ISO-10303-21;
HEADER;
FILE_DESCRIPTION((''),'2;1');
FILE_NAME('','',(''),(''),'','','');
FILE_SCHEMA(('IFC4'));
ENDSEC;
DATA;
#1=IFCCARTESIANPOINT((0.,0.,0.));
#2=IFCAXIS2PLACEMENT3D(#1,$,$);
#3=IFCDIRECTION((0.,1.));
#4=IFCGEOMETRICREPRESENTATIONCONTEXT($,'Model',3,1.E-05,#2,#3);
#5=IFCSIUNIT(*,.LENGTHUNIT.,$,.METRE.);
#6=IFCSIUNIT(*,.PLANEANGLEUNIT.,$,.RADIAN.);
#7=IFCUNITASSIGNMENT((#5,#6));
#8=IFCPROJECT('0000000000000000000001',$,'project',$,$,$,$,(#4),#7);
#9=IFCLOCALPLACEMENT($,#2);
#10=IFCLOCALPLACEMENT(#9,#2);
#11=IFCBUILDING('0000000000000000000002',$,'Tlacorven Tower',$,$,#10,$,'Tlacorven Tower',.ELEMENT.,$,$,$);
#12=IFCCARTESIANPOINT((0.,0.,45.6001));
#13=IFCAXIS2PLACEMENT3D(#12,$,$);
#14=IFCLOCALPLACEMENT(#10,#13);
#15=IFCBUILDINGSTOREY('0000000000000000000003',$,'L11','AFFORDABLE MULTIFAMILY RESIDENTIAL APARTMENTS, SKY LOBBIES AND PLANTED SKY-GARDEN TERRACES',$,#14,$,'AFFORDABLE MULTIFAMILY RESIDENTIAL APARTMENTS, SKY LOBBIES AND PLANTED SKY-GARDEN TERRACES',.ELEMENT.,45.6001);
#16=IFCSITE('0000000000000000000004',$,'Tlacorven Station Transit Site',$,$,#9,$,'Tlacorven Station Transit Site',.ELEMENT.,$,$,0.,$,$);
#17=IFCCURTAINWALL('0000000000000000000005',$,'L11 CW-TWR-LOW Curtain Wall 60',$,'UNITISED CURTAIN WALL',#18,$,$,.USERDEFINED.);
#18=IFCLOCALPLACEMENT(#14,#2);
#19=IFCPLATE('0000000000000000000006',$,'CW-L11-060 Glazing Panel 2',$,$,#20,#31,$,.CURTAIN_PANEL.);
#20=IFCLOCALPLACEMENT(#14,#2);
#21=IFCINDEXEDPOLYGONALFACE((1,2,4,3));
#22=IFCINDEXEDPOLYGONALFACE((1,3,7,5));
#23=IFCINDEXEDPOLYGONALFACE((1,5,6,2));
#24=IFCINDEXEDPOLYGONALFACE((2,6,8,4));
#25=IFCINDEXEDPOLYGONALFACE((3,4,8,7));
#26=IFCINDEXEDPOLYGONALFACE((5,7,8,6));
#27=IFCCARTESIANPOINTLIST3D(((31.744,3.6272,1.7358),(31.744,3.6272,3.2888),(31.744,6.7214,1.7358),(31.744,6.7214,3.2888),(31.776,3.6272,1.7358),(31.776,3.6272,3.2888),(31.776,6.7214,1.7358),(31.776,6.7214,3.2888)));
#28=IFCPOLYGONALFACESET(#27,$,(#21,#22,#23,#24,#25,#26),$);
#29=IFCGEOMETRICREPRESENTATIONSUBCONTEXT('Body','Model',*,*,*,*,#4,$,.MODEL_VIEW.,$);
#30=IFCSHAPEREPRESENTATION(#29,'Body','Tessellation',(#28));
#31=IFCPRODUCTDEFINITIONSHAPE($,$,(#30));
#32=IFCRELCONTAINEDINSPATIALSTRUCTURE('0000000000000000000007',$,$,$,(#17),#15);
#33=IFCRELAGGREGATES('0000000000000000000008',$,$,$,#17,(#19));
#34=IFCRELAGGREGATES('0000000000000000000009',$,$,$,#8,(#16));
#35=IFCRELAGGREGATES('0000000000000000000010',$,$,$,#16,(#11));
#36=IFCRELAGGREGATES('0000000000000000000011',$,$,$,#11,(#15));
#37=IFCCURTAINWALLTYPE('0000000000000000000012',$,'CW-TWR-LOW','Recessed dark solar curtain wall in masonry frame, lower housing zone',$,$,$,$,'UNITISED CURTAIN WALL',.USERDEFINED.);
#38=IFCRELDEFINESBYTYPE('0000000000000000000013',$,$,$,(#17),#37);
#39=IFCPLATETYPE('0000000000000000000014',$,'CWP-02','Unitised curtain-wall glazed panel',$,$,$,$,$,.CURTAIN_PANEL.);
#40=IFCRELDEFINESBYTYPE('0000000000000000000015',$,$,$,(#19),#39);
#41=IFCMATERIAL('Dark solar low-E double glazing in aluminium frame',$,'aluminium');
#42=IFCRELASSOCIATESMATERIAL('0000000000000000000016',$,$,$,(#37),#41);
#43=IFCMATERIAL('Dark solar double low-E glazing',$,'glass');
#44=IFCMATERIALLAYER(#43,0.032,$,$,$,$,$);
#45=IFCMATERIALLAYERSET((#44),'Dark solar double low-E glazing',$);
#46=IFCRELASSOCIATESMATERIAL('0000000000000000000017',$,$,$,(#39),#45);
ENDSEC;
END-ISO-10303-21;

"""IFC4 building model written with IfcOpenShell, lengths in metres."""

from ifc_helpers import new_model, si_unit, direction, frame, origin, origin_2d, place, context, subcontext, project, spatial, rectangle, extrude, source, transform, mapped, material, layer, layer_set, type_object, element, aggregate, save


model = new_model("IFC4")

# Units and contexts
model_context = context("Model", 3, precision=1e-05, world=origin(), true_north=direction((0.0, 1.0)))
body_context = subcontext(model_context, "Body", "Model", "MODEL_VIEW")
ifc_project = project(units=[si_unit("LENGTHUNIT", "METRE"), si_unit("PLANEANGLEUNIT", "RADIAN")], contexts=[model_context])

# Site, building, storey
site_placement = place(None, origin())
site = spatial("IfcSite", under=ifc_project, at=site_placement, Name="Tlacorven Station Transit Site", LongName="Tlacorven Station Transit Site", CompositionType="ELEMENT", RefElevation=0.0)
building_placement = place(site_placement, origin())
building = spatial("IfcBuilding", under=site, at=building_placement, Name="Tlacorven Tower", LongName="Tlacorven Tower", CompositionType="ELEMENT")
storey_placement = place(building_placement, frame((0.0, 0.0, 45.6001)))
storey = spatial("IfcBuildingStorey", under=building, at=storey_placement, Name="L11", Description="AFFORDABLE MULTIFAMILY RESIDENTIAL APARTMENTS, SKY LOBBIES AND PLANTED SKY-GARDEN TERRACES", LongName="AFFORDABLE MULTIFAMILY RESIDENTIAL APARTMENTS, SKY LOBBIES AND PLANTED SKY-GARDEN TERRACES", CompositionType="ELEMENT", Elevation=45.6001)

# Curtain wall
ifc_material_1 = material(Name="Dark solar low-E double glazing in aluminium frame", Category="aluminium")
curtain_wall_type = type_object("IfcCurtainWallType", Name="CW-TWR-LOW", Description="Recessed dark solar curtain wall in masonry frame, lower housing zone", ElementType="UNITISED CURTAIN WALL", PredefinedType="USERDEFINED", material=ifc_material_1)
curtain_wall_1_placement = place(storey_placement, origin())
curtain_wall_1 = element("IfcCurtainWall", 1, at=curtain_wall_1_placement, inside=storey, type_object=curtain_wall_type, Name="L11 CW-TWR-LOW Curtain Wall 60", ObjectType="UNITISED CURTAIN WALL", PredefinedType="USERDEFINED")

# Plate
ifc_material_2 = material(Name="Dark solar double low-E glazing", Category="glass")
ifc_layer = layer(ifc_material_2, 0.032)
ifc_layer_set = layer_set([ifc_layer], Name="Dark solar double low-E glazing")
plate_type = type_object("IfcPlateType", Name="CWP-02", Description="Unitised curtain-wall glazed panel", PredefinedType="CURTAIN_PANEL", material=ifc_layer_set)
shared_shape_1 = source(origin(), body_context, "Body", "SweptSolid", [
    extrude(rectangle(XDim=3.0942, YDim=0.032, at=origin_2d()), origin(), (0.0, 0.0, 1.0), 1.553),
])
plate_1_placement = place(storey_placement, frame((31.76, 5.1743, 1.7358), z_axis=(0.0, 0.0, 1.0), x_axis=(0.0, 1.0, 0.0)))
plate_1 = element("IfcPlate", 2, at=plate_1_placement, type_object=plate_type, Name="CW-L11-060 Glazing Panel 2", PredefinedType="CURTAIN_PANEL", context=body_context, shape_type="MappedRepresentation", body=[
    mapped(shared_shape_1, transform((0.0, 0.0, 0.0), scale=1.0)),
])
aggregate(curtain_wall_1, [plate_1])

save(model, "model.ifc")
